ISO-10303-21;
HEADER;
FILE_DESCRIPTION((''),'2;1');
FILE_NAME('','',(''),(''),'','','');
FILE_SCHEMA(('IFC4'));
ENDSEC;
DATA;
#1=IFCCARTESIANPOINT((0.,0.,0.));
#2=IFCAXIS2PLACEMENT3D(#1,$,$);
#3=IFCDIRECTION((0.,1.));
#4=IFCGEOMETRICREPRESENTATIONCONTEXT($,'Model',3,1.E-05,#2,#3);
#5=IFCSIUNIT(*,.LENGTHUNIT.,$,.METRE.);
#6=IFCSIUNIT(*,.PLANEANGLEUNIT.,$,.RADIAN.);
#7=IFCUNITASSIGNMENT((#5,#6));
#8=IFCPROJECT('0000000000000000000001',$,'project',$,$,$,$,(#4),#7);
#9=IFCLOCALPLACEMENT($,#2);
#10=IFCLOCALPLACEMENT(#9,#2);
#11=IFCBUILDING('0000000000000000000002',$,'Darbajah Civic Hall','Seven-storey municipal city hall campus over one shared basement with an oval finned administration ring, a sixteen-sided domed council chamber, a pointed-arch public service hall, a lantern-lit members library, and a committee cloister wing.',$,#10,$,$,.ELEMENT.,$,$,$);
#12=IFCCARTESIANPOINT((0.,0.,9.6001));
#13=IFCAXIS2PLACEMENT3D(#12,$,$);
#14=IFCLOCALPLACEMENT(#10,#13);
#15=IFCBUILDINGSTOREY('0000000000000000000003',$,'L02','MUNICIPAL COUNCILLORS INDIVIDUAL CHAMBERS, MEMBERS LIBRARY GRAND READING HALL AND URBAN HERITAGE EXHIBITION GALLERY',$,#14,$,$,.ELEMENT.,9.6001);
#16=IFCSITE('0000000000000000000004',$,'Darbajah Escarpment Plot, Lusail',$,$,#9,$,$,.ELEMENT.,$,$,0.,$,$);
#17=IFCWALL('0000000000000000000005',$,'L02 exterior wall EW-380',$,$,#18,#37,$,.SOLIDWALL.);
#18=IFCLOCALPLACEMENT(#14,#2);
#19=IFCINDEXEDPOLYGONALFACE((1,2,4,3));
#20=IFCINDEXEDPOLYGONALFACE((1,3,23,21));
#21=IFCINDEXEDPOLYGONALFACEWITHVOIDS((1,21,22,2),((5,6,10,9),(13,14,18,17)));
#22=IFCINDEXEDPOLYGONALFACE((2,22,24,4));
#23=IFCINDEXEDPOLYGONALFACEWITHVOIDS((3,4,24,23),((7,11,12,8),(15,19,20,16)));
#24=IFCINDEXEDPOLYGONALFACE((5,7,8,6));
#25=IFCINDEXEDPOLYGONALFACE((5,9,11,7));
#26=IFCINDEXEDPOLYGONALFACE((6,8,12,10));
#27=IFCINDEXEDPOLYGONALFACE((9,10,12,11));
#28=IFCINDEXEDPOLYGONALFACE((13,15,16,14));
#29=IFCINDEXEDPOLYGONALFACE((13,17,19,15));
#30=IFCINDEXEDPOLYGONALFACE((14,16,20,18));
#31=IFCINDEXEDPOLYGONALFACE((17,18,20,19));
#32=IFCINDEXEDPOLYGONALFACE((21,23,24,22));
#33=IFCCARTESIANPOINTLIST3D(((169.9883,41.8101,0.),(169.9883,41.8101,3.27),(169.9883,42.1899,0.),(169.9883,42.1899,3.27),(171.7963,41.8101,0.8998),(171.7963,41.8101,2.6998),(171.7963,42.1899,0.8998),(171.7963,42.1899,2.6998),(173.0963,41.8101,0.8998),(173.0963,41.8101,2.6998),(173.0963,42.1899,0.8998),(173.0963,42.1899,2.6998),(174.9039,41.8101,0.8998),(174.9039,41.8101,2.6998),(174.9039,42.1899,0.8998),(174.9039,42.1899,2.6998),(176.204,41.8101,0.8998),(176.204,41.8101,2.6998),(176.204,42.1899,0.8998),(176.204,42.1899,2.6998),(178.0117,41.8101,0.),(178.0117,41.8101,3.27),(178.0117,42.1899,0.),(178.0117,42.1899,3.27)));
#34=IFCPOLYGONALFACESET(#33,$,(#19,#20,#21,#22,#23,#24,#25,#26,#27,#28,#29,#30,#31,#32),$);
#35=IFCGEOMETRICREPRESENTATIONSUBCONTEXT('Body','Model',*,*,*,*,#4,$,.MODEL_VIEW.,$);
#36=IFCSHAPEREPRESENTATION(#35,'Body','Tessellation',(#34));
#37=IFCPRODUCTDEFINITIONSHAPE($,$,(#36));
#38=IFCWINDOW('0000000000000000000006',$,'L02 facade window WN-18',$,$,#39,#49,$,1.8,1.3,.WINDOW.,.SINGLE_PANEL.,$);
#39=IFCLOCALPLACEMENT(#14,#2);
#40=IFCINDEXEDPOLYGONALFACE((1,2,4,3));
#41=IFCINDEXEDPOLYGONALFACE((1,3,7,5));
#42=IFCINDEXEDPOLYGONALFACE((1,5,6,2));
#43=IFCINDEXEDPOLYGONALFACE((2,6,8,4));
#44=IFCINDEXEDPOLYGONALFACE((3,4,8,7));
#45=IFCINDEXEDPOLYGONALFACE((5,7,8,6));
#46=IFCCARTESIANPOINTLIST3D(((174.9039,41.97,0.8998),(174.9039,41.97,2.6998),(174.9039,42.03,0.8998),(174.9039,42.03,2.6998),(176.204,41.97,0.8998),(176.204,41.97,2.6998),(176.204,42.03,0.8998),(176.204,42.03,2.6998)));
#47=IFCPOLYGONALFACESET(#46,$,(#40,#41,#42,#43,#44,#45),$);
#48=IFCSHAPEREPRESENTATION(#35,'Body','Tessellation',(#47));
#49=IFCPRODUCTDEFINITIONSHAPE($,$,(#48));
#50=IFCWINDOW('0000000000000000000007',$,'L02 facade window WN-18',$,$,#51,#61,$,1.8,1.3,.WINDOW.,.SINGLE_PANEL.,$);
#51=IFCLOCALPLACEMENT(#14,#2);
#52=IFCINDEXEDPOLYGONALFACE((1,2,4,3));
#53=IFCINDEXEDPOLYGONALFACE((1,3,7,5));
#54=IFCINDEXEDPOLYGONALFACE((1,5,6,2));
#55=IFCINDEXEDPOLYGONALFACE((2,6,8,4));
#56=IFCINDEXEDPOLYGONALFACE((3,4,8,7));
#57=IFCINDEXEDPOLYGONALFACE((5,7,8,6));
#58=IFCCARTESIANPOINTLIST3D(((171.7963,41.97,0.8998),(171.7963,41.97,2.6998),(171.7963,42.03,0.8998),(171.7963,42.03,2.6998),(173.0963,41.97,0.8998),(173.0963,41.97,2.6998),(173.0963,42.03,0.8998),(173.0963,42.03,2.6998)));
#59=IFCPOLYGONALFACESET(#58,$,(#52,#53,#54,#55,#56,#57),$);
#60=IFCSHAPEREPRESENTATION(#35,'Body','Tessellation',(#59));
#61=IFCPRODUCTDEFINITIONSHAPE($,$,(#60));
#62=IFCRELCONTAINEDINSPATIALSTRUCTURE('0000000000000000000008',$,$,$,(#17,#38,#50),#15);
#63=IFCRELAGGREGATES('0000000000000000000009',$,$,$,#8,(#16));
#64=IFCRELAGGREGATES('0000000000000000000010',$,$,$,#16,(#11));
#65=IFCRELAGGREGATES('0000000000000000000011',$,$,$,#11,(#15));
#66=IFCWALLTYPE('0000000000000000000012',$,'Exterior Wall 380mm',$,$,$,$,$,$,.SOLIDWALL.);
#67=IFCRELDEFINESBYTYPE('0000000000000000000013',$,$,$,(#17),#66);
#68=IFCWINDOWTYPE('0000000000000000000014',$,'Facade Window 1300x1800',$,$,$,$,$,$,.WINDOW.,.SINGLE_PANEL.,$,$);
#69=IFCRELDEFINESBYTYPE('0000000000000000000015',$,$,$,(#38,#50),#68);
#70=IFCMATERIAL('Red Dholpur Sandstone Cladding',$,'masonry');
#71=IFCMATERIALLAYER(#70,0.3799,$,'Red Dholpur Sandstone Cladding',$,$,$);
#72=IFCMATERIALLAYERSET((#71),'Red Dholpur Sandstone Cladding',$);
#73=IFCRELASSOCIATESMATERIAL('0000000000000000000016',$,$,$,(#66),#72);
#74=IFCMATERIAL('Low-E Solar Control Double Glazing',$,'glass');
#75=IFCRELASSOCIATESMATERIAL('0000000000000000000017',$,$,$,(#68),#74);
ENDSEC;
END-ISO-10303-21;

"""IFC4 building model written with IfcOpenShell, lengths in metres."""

from ifc_helpers import new_model, si_unit, direction, frame, frame_2d, origin, place, context, subcontext, project, spatial, rectangle, extrude, material, layer, layer_set, type_object, element, fill, save


model = new_model("IFC4")

# Units and contexts
model_context = context("Model", 3, precision=1e-05, world=origin(), true_north=direction((0.0, 1.0)))
body_context = subcontext(model_context, "Body", "Model", "MODEL_VIEW")
ifc_project = project(units=[si_unit("LENGTHUNIT", "METRE"), si_unit("PLANEANGLEUNIT", "RADIAN")], contexts=[model_context])

# Site, building, storey
site_placement = place(None, origin())
site = spatial("IfcSite", under=ifc_project, at=site_placement, Name="Darbajah Escarpment Plot, Lusail", CompositionType="ELEMENT", RefElevation=0.0)
building_placement = place(site_placement, origin())
building = spatial("IfcBuilding", under=site, at=building_placement, Name="Darbajah Civic Hall", Description="Seven-storey municipal city hall campus over one shared basement with an oval finned administration ring, a sixteen-sided domed council chamber, a pointed-arch public service hall, a lantern-lit members library, and a committee cloister wing.", CompositionType="ELEMENT")
storey_placement = place(building_placement, frame((0.0, 0.0, 9.6001)))
storey = spatial("IfcBuildingStorey", under=building, at=storey_placement, Name="L02", Description="MUNICIPAL COUNCILLORS INDIVIDUAL CHAMBERS, MEMBERS LIBRARY GRAND READING HALL AND URBAN HERITAGE EXHIBITION GALLERY", CompositionType="ELEMENT", Elevation=9.6001)

# Shared definitions
ifc_material_1 = material(Name="Low-E Solar Control Double Glazing", Category="glass")

# Wall, openings, windows
ifc_material_2 = material(Name="Red Dholpur Sandstone Cladding", Category="masonry")
ifc_layer_1 = layer(ifc_material_2, 0.3799, Name="Red Dholpur Sandstone Cladding")
ifc_layer_set_1 = layer_set([ifc_layer_1], Name="Red Dholpur Sandstone Cladding")
wall_type_1 = type_object("IfcWallType", Name="Exterior Wall 380mm", PredefinedType="SOLIDWALL", material=ifc_layer_set_1)
wall_1_placement = place(storey_placement, frame((178.0117, 42.0, 0.0), z_axis=(0.0, 0.0, 1.0), x_axis=(-1.0, 0.0, 0.0)))
wall_1 = element("IfcWall", 1, at=wall_1_placement, inside=storey, type_object=wall_type_1, Name="L02 exterior wall EW-380", PredefinedType="SOLIDWALL", context=body_context, shape_type="SweptSolid", body=[
    extrude(rectangle(XDim=8.0234, YDim=0.3799, at=frame_2d((4.0117, 0.0))), origin(), (0.0, 0.0, 1.0), 3.27),
])
opening_1_placement = place(wall_1_placement, frame((1.8079, 0.0, 0.8999)))
opening_1 = element("IfcOpeningElement", 2, at=opening_1_placement, cuts=wall_1, PredefinedType="OPENING", context=body_context, shape_type="SweptSolid", body=[
    extrude(rectangle(XDim=1.3, YDim=1.8, at=frame_2d((0.6499, 0.8999))), frame((0.0, 0.2, 0.0), z_axis=(0.0, -1.0, 0.0), x_axis=(1.0, 0.0, 0.0)), (0.0, 0.0, 1.0), 0.3999),
])
opening_2_placement = place(wall_1_placement, frame((4.9155, 0.0, 0.8999)))
opening_2 = element("IfcOpeningElement", 3, at=opening_2_placement, cuts=wall_1, PredefinedType="OPENING", context=body_context, shape_type="SweptSolid", body=[
    extrude(rectangle(XDim=1.3, YDim=1.8, at=frame_2d((0.6499, 0.8999))), frame((0.0, 0.2, 0.0), z_axis=(0.0, -1.0, 0.0), x_axis=(1.0, 0.0, 0.0)), (0.0, 0.0, 1.0), 0.3999),
])
window_type_1 = type_object("IfcWindowType", Name="Facade Window 1300x1800", PartitioningType="SINGLE_PANEL", PredefinedType="WINDOW", material=ifc_material_1)
window_1_placement = place(opening_1_placement, origin())
window_1 = element("IfcWindow", 4, at=window_1_placement, inside=storey, type_object=window_type_1, Name="L02 facade window WN-18", OverallHeight=1.8, OverallWidth=1.3, PartitioningType="SINGLE_PANEL", PredefinedType="WINDOW", context=body_context, shape_type="SweptSolid", body=[
    extrude(rectangle(XDim=1.3, YDim=1.8, at=frame_2d((0.6499, 0.8999))), frame((0.0, 0.03, 0.0), z_axis=(0.0, -1.0, 0.0), x_axis=(1.0, 0.0, 0.0)), (0.0, 0.0, 1.0), 0.0601),
])
fill(opening_1, window_1)
window_2_placement = place(opening_2_placement, origin())
window_2 = element("IfcWindow", 5, at=window_2_placement, inside=storey, type_object=window_type_1, Name="L02 facade window WN-18", OverallHeight=1.8, OverallWidth=1.3, PartitioningType="SINGLE_PANEL", PredefinedType="WINDOW", context=body_context, shape_type="SweptSolid", body=[
    extrude(rectangle(XDim=1.3, YDim=1.8, at=frame_2d((0.6499, 0.8999))), frame((0.0, 0.03, 0.0), z_axis=(0.0, -1.0, 0.0), x_axis=(1.0, 0.0, 0.0)), (0.0, 0.0, 1.0), 0.0601),
])
fill(opening_2, window_2)

save(model, "model.ifc")
